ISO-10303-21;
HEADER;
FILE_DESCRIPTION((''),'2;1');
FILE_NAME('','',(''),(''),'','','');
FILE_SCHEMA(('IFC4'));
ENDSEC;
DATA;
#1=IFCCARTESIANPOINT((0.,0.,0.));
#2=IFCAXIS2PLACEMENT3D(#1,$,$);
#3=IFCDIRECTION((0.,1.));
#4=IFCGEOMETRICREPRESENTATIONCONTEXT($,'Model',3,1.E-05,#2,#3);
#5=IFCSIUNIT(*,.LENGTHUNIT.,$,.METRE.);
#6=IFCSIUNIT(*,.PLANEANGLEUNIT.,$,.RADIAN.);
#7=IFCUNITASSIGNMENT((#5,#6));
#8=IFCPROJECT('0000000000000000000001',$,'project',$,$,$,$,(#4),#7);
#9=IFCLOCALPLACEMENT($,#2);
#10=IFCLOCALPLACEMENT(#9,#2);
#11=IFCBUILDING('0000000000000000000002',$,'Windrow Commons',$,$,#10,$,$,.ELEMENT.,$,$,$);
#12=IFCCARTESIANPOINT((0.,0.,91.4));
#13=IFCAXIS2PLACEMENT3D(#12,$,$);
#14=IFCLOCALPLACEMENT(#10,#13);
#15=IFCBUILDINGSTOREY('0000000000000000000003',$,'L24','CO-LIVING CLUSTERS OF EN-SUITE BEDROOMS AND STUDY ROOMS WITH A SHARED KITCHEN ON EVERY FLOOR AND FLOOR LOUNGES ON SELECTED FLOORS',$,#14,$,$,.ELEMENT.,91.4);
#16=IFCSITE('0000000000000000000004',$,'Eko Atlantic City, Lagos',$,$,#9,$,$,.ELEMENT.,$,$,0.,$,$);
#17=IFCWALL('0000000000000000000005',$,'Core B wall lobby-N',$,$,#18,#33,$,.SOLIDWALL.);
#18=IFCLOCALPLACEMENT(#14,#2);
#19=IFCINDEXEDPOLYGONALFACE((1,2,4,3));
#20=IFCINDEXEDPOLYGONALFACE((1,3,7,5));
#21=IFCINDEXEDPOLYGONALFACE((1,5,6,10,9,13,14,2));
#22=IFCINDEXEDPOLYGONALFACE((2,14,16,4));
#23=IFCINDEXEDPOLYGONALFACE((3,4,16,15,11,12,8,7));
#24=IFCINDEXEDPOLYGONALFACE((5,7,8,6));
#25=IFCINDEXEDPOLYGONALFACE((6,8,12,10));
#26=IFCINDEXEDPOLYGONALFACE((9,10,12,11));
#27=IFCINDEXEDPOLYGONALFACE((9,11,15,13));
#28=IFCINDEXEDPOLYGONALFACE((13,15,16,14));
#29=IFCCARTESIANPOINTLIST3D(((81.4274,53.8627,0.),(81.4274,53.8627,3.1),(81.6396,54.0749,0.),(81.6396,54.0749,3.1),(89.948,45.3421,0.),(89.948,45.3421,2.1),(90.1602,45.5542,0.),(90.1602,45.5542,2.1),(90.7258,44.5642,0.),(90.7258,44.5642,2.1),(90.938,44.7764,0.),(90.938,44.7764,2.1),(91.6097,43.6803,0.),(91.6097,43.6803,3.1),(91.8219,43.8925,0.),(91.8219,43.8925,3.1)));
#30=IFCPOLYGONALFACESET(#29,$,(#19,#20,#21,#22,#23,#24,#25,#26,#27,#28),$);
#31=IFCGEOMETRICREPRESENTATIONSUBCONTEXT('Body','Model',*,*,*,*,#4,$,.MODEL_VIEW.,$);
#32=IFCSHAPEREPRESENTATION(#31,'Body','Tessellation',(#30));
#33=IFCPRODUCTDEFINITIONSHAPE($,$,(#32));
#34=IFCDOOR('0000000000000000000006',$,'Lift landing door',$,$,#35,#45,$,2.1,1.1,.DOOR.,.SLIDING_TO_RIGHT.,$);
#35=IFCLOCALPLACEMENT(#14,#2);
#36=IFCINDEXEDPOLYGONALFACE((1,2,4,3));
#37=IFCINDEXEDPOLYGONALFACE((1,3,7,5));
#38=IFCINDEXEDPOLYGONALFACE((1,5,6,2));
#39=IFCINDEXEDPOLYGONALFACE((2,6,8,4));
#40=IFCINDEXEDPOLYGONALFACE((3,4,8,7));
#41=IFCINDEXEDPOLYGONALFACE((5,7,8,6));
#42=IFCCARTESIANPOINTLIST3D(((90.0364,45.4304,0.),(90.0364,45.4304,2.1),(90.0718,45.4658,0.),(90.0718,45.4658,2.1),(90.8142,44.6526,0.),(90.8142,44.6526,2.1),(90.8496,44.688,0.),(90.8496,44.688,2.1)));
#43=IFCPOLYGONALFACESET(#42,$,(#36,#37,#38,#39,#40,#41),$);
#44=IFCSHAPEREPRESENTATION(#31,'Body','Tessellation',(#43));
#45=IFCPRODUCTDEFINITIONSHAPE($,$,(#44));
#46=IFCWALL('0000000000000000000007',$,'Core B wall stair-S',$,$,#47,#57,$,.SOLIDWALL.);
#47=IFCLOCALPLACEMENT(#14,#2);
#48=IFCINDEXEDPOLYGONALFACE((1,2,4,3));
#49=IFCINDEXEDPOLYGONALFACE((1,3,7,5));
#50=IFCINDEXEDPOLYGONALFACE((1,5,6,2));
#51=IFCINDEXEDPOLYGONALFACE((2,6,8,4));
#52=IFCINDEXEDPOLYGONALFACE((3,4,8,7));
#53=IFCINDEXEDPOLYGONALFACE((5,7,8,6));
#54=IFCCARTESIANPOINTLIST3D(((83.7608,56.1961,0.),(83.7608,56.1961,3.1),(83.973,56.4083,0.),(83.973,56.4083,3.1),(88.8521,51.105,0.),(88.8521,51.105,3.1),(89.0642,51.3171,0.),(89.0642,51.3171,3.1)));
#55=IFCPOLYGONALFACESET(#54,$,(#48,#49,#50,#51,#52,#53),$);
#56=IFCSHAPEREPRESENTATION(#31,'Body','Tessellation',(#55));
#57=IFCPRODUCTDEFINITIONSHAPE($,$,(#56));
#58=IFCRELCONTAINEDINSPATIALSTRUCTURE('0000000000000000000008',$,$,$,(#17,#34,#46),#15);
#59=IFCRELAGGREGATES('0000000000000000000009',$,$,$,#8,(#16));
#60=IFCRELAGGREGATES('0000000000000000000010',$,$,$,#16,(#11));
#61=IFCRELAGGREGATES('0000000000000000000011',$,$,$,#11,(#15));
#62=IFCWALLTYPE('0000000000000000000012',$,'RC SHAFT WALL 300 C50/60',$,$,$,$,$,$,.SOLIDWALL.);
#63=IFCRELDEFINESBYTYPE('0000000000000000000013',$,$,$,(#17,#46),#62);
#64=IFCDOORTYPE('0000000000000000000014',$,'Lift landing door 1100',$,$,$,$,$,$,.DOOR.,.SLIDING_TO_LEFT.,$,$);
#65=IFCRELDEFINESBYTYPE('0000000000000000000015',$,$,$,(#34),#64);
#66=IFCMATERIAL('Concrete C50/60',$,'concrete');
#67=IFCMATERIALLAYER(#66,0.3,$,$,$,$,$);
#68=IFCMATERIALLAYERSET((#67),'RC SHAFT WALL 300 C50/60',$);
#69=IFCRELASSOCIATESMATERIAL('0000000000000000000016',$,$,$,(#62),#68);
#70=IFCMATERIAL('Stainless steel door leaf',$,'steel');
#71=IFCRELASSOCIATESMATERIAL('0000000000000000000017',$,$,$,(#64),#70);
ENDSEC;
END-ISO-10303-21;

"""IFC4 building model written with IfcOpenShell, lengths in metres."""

from ifc_helpers import new_model, si_unit, direction, frame, frame_2d, origin, place, context, subcontext, project, spatial, rectangle, extrude, material, layer, layer_set, type_object, element, fill, save


model = new_model("IFC4")

# Units and contexts
model_context = context("Model", 3, precision=1e-05, world=origin(), true_north=direction((0.0, 1.0)))
body_context = subcontext(model_context, "Body", "Model", "MODEL_VIEW")
ifc_project = project(units=[si_unit("LENGTHUNIT", "METRE"), si_unit("PLANEANGLEUNIT", "RADIAN")], contexts=[model_context])

# Site, building, storey
site_placement = place(None, origin())
site = spatial("IfcSite", under=ifc_project, at=site_placement, Name="Eko Atlantic City, Lagos", CompositionType="ELEMENT", RefElevation=0.0)
building_placement = place(site_placement, origin())
building = spatial("IfcBuilding", under=site, at=building_placement, Name="Windrow Commons", CompositionType="ELEMENT")
storey_placement = place(building_placement, frame((0.0, 0.0, 91.4)))
storey = spatial("IfcBuildingStorey", under=building, at=storey_placement, Name="L24", Description="CO-LIVING CLUSTERS OF EN-SUITE BEDROOMS AND STUDY ROOMS WITH A SHARED KITCHEN ON EVERY FLOOR AND FLOOR LOUNGES ON SELECTED FLOORS", CompositionType="ELEMENT", Elevation=91.4)

# Wall, opening, door
ifc_material_1 = material(Name="Concrete C50/60", Category="concrete")
ifc_layer_1 = layer(ifc_material_1, 0.3)
ifc_layer_set_1 = layer_set([ifc_layer_1], Name="RC SHAFT WALL 300 C50/60")
wall_type_1 = type_object("IfcWallType", Name="RC SHAFT WALL 300 C50/60", PredefinedType="SOLIDWALL", material=ifc_layer_set_1)
wall_1_placement = place(storey_placement, frame((81.5335, 53.9688, 0.0), z_axis=(0.0, 0.0, 1.0), x_axis=(0.707103, -0.70711, 0.0)))
wall_1 = element("IfcWall", 1, at=wall_1_placement, inside=storey, type_object=wall_type_1, Name="Core B wall lobby-N", PredefinedType="SOLIDWALL", context=body_context, shape_type="SweptSolid", body=[
    extrude(rectangle(XDim=14.4, YDim=0.3, at=frame_2d((7.2, 0.0))), origin(), (0.0, 0.0, 1.0), 3.1),
])
opening_1_placement = place(wall_1_placement, frame((12.05, 0.0, 0.0)))
opening_1 = element("IfcOpeningElement", 2, at=opening_1_placement, cuts=wall_1, PredefinedType="OPENING", context=body_context, shape_type="SweptSolid", body=[
    extrude(rectangle(XDim=1.1, YDim=2.1, at=frame_2d((0.55, 1.05))), frame((0.0, 0.16, 0.0), z_axis=(0.0, -1.0, 0.0), x_axis=(1.0, 0.0, 0.0)), (0.0, 0.0, 1.0), 0.32),
])
ifc_material_2 = material(Name="Stainless steel door leaf", Category="steel")
door_type_1 = type_object("IfcDoorType", Name="Lift landing door 1100", OperationType="SLIDING_TO_LEFT", PredefinedType="DOOR", material=ifc_material_2)
door_1_placement = place(opening_1_placement, origin())
door_1 = element("IfcDoor", 3, at=door_1_placement, inside=storey, type_object=door_type_1, Name="Lift landing door", OperationType="SLIDING_TO_RIGHT", OverallHeight=2.1, OverallWidth=1.1, PredefinedType="DOOR", context=body_context, shape_type="SweptSolid", body=[
    extrude(rectangle(XDim=1.1, YDim=2.1, at=frame_2d((0.55, 1.05))), frame((0.0, 0.025, 0.0), z_axis=(0.0, -1.0, 0.0), x_axis=(1.0, 0.0, 0.0)), (0.0, 0.0, 1.0), 0.05),
])
fill(opening_1, door_1)

# Wall
wall_2_placement = place(storey_placement, frame((83.8669, 56.3022, 0.0), z_axis=(0.0, 0.0, 1.0), x_axis=(0.707114, -0.7071, 0.0)))
element("IfcWall", 4, at=wall_2_placement, inside=storey, type_object=wall_type_1, Name="Core B wall stair-S", PredefinedType="SOLIDWALL", context=body_context, shape_type="SweptSolid", body=[
    extrude(rectangle(XDim=7.2, YDim=0.3, at=frame_2d((3.6, 0.0))), origin(), (0.0, 0.0, 1.0), 3.1),
])

save(model, "model.ifc")
